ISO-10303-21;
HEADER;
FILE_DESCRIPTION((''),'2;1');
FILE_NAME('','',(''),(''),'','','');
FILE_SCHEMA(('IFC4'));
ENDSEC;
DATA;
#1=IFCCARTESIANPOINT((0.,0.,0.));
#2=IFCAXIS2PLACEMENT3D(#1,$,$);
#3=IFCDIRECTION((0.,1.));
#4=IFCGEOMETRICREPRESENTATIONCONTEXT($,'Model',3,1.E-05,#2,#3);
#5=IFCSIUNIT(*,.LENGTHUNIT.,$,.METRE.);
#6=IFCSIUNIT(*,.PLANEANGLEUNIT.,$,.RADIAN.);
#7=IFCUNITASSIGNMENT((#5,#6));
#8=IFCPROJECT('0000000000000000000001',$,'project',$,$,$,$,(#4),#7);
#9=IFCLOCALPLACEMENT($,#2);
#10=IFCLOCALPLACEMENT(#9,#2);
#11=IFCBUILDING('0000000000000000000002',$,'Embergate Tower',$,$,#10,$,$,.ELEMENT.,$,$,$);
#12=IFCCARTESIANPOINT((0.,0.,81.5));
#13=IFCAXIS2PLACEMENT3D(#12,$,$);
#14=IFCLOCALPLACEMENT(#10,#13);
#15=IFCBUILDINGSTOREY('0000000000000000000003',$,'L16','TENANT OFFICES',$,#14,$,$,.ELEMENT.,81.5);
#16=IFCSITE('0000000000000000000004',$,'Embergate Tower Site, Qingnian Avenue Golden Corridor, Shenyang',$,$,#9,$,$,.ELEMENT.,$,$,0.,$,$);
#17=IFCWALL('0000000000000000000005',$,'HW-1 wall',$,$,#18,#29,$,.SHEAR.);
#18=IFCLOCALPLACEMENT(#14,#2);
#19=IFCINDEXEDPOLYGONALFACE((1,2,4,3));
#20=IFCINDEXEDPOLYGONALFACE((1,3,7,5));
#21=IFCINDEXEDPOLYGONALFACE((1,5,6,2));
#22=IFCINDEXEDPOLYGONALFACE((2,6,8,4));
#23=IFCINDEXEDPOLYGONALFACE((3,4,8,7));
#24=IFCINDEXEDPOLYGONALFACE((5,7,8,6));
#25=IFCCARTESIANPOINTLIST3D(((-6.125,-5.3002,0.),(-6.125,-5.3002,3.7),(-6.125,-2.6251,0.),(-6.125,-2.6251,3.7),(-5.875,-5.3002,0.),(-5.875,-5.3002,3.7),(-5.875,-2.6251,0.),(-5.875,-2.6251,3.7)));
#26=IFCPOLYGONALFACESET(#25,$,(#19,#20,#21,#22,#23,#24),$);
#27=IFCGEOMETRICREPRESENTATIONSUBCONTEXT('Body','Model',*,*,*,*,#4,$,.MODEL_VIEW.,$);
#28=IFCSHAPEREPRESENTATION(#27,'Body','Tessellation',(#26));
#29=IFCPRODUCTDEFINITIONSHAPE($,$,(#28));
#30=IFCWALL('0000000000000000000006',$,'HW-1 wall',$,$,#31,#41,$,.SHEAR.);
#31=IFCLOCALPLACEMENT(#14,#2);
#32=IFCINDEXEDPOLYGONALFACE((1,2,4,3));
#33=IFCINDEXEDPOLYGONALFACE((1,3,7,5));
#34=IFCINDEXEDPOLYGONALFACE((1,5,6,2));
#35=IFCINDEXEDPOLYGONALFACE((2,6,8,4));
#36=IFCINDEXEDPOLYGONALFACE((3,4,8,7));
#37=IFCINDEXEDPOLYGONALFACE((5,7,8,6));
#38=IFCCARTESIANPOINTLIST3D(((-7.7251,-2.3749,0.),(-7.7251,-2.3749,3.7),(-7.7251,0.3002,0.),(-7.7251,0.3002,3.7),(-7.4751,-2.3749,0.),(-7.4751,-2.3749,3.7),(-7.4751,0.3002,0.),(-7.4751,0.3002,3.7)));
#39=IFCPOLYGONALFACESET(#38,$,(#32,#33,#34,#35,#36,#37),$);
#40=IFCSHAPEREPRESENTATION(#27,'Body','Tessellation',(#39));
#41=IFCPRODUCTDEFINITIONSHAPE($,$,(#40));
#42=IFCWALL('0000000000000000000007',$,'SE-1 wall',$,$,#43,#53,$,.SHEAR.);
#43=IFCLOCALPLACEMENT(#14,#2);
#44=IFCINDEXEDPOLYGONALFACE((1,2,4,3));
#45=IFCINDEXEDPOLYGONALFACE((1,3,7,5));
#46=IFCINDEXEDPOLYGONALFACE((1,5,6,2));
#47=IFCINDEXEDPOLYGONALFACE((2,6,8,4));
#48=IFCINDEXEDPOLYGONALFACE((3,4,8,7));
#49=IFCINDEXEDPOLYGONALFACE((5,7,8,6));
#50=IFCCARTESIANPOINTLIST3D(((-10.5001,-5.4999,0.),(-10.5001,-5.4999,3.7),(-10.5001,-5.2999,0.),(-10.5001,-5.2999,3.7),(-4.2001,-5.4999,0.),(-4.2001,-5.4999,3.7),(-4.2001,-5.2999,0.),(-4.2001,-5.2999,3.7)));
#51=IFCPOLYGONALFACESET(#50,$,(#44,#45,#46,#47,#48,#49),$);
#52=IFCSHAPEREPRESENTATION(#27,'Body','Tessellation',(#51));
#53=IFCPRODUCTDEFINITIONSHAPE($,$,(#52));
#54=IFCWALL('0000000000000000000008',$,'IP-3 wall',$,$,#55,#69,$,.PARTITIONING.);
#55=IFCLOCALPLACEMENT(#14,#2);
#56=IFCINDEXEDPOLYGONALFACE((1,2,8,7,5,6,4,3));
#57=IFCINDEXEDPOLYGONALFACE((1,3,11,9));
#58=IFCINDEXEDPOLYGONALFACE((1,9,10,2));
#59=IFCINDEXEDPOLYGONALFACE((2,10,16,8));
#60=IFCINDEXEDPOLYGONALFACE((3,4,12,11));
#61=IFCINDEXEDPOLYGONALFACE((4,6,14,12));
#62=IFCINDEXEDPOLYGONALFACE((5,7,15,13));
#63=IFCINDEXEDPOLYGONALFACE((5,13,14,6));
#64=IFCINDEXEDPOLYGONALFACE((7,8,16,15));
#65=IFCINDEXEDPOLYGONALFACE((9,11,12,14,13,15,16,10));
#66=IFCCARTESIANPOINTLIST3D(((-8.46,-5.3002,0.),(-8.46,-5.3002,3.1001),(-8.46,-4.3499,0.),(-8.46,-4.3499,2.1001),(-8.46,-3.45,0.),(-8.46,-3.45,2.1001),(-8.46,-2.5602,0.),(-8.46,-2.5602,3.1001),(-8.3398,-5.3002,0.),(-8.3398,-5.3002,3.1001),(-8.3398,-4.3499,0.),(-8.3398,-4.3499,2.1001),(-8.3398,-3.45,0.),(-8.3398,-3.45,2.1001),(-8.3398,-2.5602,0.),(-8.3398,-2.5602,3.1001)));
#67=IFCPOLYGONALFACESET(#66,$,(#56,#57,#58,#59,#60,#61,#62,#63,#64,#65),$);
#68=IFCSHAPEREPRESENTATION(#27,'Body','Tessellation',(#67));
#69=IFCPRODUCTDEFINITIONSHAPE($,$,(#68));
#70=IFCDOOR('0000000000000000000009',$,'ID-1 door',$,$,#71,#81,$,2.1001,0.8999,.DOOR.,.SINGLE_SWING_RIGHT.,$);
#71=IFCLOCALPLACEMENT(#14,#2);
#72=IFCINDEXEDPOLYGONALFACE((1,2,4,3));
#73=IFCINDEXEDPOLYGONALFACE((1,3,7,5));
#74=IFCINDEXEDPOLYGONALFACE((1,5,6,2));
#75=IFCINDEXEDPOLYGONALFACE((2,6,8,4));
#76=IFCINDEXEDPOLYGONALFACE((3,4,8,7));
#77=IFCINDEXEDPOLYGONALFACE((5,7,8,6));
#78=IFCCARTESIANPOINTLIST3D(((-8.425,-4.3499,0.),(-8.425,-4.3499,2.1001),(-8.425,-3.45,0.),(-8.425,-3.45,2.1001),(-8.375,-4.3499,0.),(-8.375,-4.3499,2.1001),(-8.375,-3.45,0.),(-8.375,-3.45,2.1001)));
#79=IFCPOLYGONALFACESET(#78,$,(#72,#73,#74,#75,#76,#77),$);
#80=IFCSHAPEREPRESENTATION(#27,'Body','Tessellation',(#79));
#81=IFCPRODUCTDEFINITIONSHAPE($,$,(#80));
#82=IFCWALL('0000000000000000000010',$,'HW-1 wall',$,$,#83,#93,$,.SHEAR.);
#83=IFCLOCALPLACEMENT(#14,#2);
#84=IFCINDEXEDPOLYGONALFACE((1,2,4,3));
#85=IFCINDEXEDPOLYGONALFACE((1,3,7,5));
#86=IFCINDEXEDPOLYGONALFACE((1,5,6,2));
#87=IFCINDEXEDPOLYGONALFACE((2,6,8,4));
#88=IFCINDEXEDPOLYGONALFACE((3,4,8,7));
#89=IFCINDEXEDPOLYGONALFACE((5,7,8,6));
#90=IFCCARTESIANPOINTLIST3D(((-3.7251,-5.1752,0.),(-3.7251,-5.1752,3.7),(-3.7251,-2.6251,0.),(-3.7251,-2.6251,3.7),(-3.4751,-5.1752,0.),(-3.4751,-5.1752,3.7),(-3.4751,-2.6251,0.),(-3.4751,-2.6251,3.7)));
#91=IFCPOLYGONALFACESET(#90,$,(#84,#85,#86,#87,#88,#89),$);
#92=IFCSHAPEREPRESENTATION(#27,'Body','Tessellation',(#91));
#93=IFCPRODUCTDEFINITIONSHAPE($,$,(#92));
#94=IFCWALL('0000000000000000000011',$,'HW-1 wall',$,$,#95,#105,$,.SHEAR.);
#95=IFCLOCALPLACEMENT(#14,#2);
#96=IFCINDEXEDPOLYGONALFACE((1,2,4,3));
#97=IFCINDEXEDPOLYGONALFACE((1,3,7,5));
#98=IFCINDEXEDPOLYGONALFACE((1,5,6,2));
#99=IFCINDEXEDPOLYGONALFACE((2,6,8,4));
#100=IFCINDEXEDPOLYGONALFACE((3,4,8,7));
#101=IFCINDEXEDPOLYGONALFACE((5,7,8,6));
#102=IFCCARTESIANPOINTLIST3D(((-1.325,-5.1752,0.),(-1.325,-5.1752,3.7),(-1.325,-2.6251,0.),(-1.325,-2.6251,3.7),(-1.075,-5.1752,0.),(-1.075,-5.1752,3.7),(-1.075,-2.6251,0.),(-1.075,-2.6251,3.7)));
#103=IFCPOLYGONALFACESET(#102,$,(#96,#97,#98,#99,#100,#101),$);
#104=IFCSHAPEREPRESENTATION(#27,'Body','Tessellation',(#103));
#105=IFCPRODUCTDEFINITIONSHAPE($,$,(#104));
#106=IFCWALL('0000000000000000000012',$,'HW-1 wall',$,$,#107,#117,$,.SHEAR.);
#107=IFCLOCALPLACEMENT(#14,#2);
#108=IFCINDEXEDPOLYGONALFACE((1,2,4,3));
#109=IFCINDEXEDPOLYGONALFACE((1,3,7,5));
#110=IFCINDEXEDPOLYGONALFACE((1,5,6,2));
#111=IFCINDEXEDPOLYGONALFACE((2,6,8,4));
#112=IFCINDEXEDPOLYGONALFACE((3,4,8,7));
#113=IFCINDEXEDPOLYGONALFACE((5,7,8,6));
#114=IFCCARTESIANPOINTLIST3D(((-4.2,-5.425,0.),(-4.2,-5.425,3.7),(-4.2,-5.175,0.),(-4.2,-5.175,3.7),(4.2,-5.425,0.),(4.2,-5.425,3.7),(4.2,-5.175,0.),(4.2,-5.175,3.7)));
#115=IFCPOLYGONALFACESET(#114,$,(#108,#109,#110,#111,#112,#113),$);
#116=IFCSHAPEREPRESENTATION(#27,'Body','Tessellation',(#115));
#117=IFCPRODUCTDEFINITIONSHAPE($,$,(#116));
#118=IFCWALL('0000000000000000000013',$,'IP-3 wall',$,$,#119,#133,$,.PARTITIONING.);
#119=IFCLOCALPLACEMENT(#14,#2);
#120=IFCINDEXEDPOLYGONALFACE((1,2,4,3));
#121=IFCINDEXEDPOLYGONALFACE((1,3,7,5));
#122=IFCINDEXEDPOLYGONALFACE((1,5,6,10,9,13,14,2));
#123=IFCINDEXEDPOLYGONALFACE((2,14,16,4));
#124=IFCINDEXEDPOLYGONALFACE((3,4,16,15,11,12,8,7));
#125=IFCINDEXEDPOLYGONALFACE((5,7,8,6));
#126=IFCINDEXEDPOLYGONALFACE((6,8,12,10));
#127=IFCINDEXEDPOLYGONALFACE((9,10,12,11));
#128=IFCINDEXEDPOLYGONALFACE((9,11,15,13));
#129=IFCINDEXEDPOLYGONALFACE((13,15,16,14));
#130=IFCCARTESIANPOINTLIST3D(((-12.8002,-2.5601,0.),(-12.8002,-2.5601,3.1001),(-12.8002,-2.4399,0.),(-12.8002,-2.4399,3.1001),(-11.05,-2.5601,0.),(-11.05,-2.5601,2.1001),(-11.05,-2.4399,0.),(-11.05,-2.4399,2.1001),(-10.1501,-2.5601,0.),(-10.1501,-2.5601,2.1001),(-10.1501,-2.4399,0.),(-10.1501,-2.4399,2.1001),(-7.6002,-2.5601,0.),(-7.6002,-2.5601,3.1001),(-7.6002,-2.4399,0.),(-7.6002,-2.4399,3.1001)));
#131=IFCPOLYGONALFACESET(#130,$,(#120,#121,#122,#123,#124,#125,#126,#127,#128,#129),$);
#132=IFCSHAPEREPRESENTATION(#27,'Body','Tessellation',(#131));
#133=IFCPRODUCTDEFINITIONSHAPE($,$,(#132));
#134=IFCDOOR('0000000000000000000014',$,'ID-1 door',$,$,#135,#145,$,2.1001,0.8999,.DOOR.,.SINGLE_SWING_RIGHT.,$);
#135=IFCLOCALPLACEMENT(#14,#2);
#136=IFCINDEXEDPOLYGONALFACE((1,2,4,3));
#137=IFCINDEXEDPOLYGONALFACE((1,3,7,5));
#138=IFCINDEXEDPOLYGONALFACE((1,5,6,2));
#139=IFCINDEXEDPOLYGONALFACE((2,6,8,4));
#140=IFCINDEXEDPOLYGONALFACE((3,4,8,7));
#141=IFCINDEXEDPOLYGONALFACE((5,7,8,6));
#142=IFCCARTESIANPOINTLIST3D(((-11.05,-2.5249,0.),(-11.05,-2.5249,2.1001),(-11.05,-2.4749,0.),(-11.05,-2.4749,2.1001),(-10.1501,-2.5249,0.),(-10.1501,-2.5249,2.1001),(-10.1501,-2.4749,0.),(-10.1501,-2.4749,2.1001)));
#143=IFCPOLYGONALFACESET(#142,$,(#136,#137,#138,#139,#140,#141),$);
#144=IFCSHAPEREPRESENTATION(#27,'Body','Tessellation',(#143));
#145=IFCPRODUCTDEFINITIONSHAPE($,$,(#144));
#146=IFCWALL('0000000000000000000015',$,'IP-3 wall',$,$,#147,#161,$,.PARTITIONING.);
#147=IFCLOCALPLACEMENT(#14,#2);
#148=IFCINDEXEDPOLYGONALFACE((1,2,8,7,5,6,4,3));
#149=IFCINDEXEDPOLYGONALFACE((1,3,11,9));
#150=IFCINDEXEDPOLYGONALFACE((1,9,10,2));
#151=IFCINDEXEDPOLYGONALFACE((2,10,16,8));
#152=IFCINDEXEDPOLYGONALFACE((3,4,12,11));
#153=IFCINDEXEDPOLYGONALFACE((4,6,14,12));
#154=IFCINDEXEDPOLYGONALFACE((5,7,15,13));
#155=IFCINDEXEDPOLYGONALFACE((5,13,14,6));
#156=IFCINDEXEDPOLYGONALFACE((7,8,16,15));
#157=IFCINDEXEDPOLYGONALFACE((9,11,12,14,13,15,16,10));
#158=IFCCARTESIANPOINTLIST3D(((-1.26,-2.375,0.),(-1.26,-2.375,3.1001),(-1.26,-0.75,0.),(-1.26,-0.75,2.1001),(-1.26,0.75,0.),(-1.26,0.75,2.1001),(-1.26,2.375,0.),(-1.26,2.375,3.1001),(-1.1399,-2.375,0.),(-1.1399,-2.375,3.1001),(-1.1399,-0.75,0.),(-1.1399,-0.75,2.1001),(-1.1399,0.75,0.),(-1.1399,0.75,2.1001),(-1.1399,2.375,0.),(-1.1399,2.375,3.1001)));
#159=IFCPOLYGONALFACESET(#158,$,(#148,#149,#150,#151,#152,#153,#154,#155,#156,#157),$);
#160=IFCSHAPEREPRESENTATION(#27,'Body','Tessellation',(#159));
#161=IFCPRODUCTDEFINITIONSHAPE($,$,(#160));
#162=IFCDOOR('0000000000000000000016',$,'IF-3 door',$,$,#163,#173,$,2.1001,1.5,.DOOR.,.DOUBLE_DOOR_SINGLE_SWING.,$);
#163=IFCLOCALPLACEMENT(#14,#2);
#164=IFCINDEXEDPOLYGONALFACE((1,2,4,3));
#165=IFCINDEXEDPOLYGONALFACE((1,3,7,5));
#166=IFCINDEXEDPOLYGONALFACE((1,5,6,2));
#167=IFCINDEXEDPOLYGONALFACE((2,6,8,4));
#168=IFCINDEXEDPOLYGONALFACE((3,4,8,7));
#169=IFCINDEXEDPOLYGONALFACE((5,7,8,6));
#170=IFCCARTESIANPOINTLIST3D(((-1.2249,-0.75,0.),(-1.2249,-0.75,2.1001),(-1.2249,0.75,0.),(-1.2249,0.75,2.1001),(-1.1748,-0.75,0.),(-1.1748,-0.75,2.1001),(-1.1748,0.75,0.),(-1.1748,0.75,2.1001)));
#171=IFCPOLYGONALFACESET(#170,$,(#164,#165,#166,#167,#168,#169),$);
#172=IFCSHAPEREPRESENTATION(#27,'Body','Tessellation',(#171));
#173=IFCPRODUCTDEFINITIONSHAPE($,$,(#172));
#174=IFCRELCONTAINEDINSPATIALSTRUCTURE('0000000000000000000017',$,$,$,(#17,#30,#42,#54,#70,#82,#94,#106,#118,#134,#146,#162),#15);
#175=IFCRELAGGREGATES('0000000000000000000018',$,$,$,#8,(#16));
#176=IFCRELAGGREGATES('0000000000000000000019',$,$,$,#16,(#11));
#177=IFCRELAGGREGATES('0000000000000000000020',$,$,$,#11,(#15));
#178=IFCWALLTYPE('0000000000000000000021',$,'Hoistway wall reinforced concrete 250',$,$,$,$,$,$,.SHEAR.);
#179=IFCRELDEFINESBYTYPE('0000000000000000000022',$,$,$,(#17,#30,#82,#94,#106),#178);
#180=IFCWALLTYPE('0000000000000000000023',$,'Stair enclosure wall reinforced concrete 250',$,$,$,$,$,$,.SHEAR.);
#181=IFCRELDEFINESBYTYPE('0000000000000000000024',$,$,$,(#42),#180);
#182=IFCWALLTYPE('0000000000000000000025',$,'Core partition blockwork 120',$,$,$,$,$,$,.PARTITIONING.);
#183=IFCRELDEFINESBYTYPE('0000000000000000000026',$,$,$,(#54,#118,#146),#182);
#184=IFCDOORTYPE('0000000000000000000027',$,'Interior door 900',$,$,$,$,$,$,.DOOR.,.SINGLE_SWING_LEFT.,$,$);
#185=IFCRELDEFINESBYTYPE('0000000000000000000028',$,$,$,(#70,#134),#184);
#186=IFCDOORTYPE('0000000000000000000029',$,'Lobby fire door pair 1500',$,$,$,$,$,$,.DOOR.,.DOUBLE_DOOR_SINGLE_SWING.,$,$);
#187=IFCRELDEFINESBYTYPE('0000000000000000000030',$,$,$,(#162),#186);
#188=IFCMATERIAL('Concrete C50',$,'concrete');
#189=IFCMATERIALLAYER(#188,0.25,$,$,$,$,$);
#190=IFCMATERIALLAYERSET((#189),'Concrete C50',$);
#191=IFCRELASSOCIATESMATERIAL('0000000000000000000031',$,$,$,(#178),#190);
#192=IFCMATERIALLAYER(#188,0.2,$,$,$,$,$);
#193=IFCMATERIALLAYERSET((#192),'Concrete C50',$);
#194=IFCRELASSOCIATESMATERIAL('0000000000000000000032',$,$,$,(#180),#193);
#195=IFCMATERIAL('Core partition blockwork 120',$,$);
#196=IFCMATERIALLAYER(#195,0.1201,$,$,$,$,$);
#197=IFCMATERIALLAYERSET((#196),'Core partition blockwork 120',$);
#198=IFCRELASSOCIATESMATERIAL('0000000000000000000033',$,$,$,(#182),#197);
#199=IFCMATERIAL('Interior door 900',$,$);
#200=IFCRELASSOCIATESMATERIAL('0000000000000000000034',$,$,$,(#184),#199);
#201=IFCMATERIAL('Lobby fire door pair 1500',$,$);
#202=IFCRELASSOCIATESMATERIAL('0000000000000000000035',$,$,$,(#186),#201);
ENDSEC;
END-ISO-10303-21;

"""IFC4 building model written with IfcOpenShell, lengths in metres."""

from ifc_helpers import new_model, si_unit, direction, frame, frame_2d, origin, place, context, subcontext, project, spatial, rectangle, extrude, source, transform, mapped, material, layer, layer_set, type_object, element, fill, save


model = new_model("IFC4")

# Units and contexts
model_context = context("Model", 3, precision=1e-05, world=origin(), true_north=direction((0.0, 1.0)))
body_context = subcontext(model_context, "Body", "Model", "MODEL_VIEW")
ifc_project = project(units=[si_unit("LENGTHUNIT", "METRE"), si_unit("PLANEANGLEUNIT", "RADIAN")], contexts=[model_context])

# Site, building, storey
site_placement = place(None, origin())
site = spatial("IfcSite", under=ifc_project, at=site_placement, Name="Embergate Tower Site, Qingnian Avenue Golden Corridor, Shenyang", CompositionType="ELEMENT", RefElevation=0.0)
building_placement = place(site_placement, origin())
building = spatial("IfcBuilding", under=site, at=building_placement, Name="Embergate Tower", CompositionType="ELEMENT")
storey_placement = place(building_placement, frame((0.0, 0.0, 81.5)))
storey = spatial("IfcBuildingStorey", under=building, at=storey_placement, Name="L16", Description="TENANT OFFICES", CompositionType="ELEMENT", Elevation=81.5)

# Walls
ifc_material_1 = material(Name="Concrete C50", Category="concrete")
ifc_layer_1 = layer(ifc_material_1, 0.25)
ifc_layer_set_1 = layer_set([ifc_layer_1], Name="Concrete C50")
wall_type_1 = type_object("IfcWallType", Name="Hoistway wall reinforced concrete 250", PredefinedType="SHEAR", material=ifc_layer_set_1)
shared_shape_1 = source(origin(), body_context, "Body", "SweptSolid", [
    extrude(rectangle(XDim=2.675, YDim=0.25, at=frame_2d((1.3374, 0.0))), origin(), (0.0, 0.0, 1.0), 3.7),
])
for number, where, z_axis, x_axis, name in (
    (1, (-6.0, -5.3, 0.0), (0.0, 0.0, 1.0), (0.0, 1.0, 0.0), "HW-1 wall"),
    (2, (-7.6001, 0.3, 0.0), (0.0, 0.0, 1.0), (0.0, -1.0, 0.0), "HW-1 wall"),
):
    element("IfcWall", number, at=place(storey_placement, frame(where, z_axis=z_axis, x_axis=x_axis)), inside=storey, type_object=wall_type_1, Name=name, PredefinedType="SHEAR", context=body_context, shape_type="MappedRepresentation", body=[
        mapped(shared_shape_1, transform((0.0, 0.0, 0.0))),
    ])
ifc_layer_2 = layer(ifc_material_1, 0.2)
ifc_layer_set_2 = layer_set([ifc_layer_2], Name="Concrete C50")
wall_type_2 = type_object("IfcWallType", Name="Stair enclosure wall reinforced concrete 250", PredefinedType="SHEAR", material=ifc_layer_set_2)
shared_shape_2 = source(origin(), body_context, "Body", "SweptSolid", [
    extrude(rectangle(XDim=6.3, YDim=0.2, at=frame_2d((3.1499, 0.0))), origin(), (0.0, 0.0, 1.0), 3.7),
])
wall_1_placement = place(storey_placement, frame((-10.5, -5.3999, 0.0), z_axis=(0.0, 0.0, 1.0), x_axis=(1.0, 0.0, 0.0)))
element("IfcWall", 3, at=wall_1_placement, inside=storey, type_object=wall_type_2, Name="SE-1 wall", PredefinedType="SHEAR", context=body_context, shape_type="MappedRepresentation", body=[
    mapped(shared_shape_2, transform((0.0, 0.0, 0.0))),
])

# Wall, opening, door
ifc_material_2 = material(Name="Core partition blockwork 120")
ifc_layer_3 = layer(ifc_material_2, 0.1201)
ifc_layer_set_3 = layer_set([ifc_layer_3], Name="Core partition blockwork 120")
wall_type_3 = type_object("IfcWallType", Name="Core partition blockwork 120", PredefinedType="PARTITIONING", material=ifc_layer_set_3)
shared_shape_3 = source(origin(), body_context, "Body", "SweptSolid", [
    extrude(rectangle(XDim=2.74, YDim=0.1201, at=frame_2d((1.3701, 0.0))), origin(), (0.0, 0.0, 1.0), 3.1001),
])
wall_2_placement = place(storey_placement, frame((-8.3999, -2.5601, 0.0), z_axis=(0.0, 0.0, 1.0), x_axis=(0.0, -1.0, 0.0)))
wall_2 = element("IfcWall", 4, at=wall_2_placement, inside=storey, type_object=wall_type_3, Name="IP-3 wall", PredefinedType="PARTITIONING", context=body_context, shape_type="MappedRepresentation", body=[
    mapped(shared_shape_3, transform((0.0, 0.0, 0.0))),
])
shared_shape_4 = source(origin(), body_context, "Body", "SweptSolid", [
    extrude(rectangle(XDim=0.8999, YDim=2.1001, at=frame_2d((0.45, 1.05))), frame((0.0, 0.0701, 0.0), z_axis=(0.0, -1.0, 0.0), x_axis=(1.0, 0.0, 0.0)), (0.0, 0.0, 1.0), 0.1401),
])
opening_1_placement = place(wall_2_placement, frame((0.8899, 0.0, 0.0)))
opening_1 = element("IfcOpeningElement", 5, at=opening_1_placement, cuts=wall_2, PredefinedType="OPENING", context=body_context, shape_type="MappedRepresentation", body=[
    mapped(shared_shape_4, transform((0.0, 0.0, 0.0))),
])
ifc_material_3 = material(Name="Interior door 900")
door_type_1 = type_object("IfcDoorType", Name="Interior door 900", OperationType="SINGLE_SWING_LEFT", PredefinedType="DOOR", material=ifc_material_3)
shared_shape_5 = source(origin(), body_context, "Body", "SweptSolid", [
    extrude(rectangle(XDim=0.8999, YDim=2.1001, at=frame_2d((0.45, 1.05))), frame((0.0, 0.0249, 0.0), z_axis=(0.0, -1.0, 0.0), x_axis=(1.0, 0.0, 0.0)), (0.0, 0.0, 1.0), 0.05),
])
door_1_placement = place(opening_1_placement, origin())
door_1 = element("IfcDoor", 6, at=door_1_placement, inside=storey, type_object=door_type_1, Name="ID-1 door", OperationType="SINGLE_SWING_RIGHT", OverallHeight=2.1001, OverallWidth=0.8999, PredefinedType="DOOR", context=body_context, shape_type="MappedRepresentation", body=[
    mapped(shared_shape_5, transform((0.0, 0.0, 0.0))),
])
fill(opening_1, door_1)

# Walls
shared_shape_6 = source(origin(), body_context, "Body", "SweptSolid", [
    extrude(rectangle(XDim=2.55, YDim=0.25, at=frame_2d((1.2749, 0.0))), origin(), (0.0, 0.0, 1.0), 3.7),
])
for number, where, z_axis, x_axis, name in (
    (7, (-3.6001, -5.175, 0.0), (0.0, 0.0, 1.0), (0.0, 1.0, 0.0), "HW-1 wall"),
    (8, (-1.2, -5.175, 0.0), (0.0, 0.0, 1.0), (0.0, 1.0, 0.0), "HW-1 wall"),
):
    element("IfcWall", number, at=place(storey_placement, frame(where, z_axis=z_axis, x_axis=x_axis)), inside=storey, type_object=wall_type_1, Name=name, PredefinedType="SHEAR", context=body_context, shape_type="MappedRepresentation", body=[
        mapped(shared_shape_6, transform((0.0, 0.0, 0.0))),
    ])
shared_shape_7 = source(origin(), body_context, "Body", "SweptSolid", [
    extrude(rectangle(XDim=8.3999, YDim=0.25, at=frame_2d((4.2, 0.0))), origin(), (0.0, 0.0, 1.0), 3.7),
])
wall_3_placement = place(storey_placement, frame((-4.2, -5.3, 0.0), z_axis=(0.0, 0.0, 1.0), x_axis=(1.0, 0.0, 0.0)))
element("IfcWall", 9, at=wall_3_placement, inside=storey, type_object=wall_type_1, Name="HW-1 wall", PredefinedType="SHEAR", context=body_context, shape_type="MappedRepresentation", body=[
    mapped(shared_shape_7, transform((0.0, 0.0, 0.0))),
])

# Walls, openings, doors
shared_shape_8 = source(origin(), body_context, "Body", "SweptSolid", [
    extrude(rectangle(XDim=5.2, YDim=0.1201, at=frame_2d((2.6001, 0.0))), origin(), (0.0, 0.0, 1.0), 3.1001),
])
wall_4_placement = place(storey_placement, frame((-7.6001, -2.5, 0.0), z_axis=(0.0, 0.0, 1.0), x_axis=(-1.0, 0.0, 0.0)))
wall_4 = element("IfcWall", 10, at=wall_4_placement, inside=storey, type_object=wall_type_3, Name="IP-3 wall", PredefinedType="PARTITIONING", context=body_context, shape_type="MappedRepresentation", body=[
    mapped(shared_shape_8, transform((0.0, 0.0, 0.0))),
])
opening_2_placement = place(wall_4_placement, frame((2.55, 0.0, 0.0)))
opening_2 = element("IfcOpeningElement", 11, at=opening_2_placement, cuts=wall_4, PredefinedType="OPENING", context=body_context, shape_type="MappedRepresentation", body=[
    mapped(shared_shape_4, transform((0.0, 0.0, 0.0))),
])
door_2_placement = place(opening_2_placement, origin())
door_2 = element("IfcDoor", 12, at=door_2_placement, inside=storey, type_object=door_type_1, Name="ID-1 door", OperationType="SINGLE_SWING_RIGHT", OverallHeight=2.1001, OverallWidth=0.8999, PredefinedType="DOOR", context=body_context, shape_type="MappedRepresentation", body=[
    mapped(shared_shape_5, transform((0.0, 0.0, 0.0))),
])
fill(opening_2, door_2)
shared_shape_9 = source(origin(), body_context, "Body", "SweptSolid", [
    extrude(rectangle(XDim=4.75, YDim=0.1201, at=frame_2d((2.375, 0.0))), origin(), (0.0, 0.0, 1.0), 3.1001),
])
wall_5_placement = place(storey_placement, frame((-1.2, -2.375, 0.0), z_axis=(0.0, 0.0, 1.0), x_axis=(0.0, 1.0, 0.0)))
wall_5 = element("IfcWall", 13, at=wall_5_placement, inside=storey, type_object=wall_type_3, Name="IP-3 wall", PredefinedType="PARTITIONING", context=body_context, shape_type="MappedRepresentation", body=[
    mapped(shared_shape_9, transform((0.0, 0.0, 0.0))),
])
shared_shape_10 = source(origin(), body_context, "Body", "SweptSolid", [
    extrude(rectangle(XDim=1.5, YDim=2.1001, at=frame_2d((0.75, 1.05))), frame((0.0, 0.0701, 0.0), z_axis=(0.0, -1.0, 0.0), x_axis=(1.0, 0.0, 0.0)), (0.0, 0.0, 1.0), 0.1401),
])
opening_3_placement = place(wall_5_placement, frame((1.625, 0.0, 0.0)))
opening_3 = element("IfcOpeningElement", 14, at=opening_3_placement, cuts=wall_5, PredefinedType="OPENING", context=body_context, shape_type="MappedRepresentation", body=[
    mapped(shared_shape_10, transform((0.0, 0.0, 0.0))),
])
ifc_material_4 = material(Name="Lobby fire door pair 1500")
door_type_2 = type_object("IfcDoorType", Name="Lobby fire door pair 1500", OperationType="DOUBLE_DOOR_SINGLE_SWING", PredefinedType="DOOR", material=ifc_material_4)
shared_shape_11 = source(origin(), body_context, "Body", "SweptSolid", [
    extrude(rectangle(XDim=1.5, YDim=2.1001, at=frame_2d((0.75, 1.05))), frame((0.0, 0.0249, 0.0), z_axis=(0.0, -1.0, 0.0), x_axis=(1.0, 0.0, 0.0)), (0.0, 0.0, 1.0), 0.05),
])
door_3_placement = place(opening_3_placement, origin())
door_3 = element("IfcDoor", 15, at=door_3_placement, inside=storey, type_object=door_type_2, Name="IF-3 door", OperationType="DOUBLE_DOOR_SINGLE_SWING", OverallHeight=2.1001, OverallWidth=1.5, PredefinedType="DOOR", context=body_context, shape_type="MappedRepresentation", body=[
    mapped(shared_shape_11, transform((0.0, 0.0, 0.0))),
])
fill(opening_3, door_3)

save(model, "model.ifc")
